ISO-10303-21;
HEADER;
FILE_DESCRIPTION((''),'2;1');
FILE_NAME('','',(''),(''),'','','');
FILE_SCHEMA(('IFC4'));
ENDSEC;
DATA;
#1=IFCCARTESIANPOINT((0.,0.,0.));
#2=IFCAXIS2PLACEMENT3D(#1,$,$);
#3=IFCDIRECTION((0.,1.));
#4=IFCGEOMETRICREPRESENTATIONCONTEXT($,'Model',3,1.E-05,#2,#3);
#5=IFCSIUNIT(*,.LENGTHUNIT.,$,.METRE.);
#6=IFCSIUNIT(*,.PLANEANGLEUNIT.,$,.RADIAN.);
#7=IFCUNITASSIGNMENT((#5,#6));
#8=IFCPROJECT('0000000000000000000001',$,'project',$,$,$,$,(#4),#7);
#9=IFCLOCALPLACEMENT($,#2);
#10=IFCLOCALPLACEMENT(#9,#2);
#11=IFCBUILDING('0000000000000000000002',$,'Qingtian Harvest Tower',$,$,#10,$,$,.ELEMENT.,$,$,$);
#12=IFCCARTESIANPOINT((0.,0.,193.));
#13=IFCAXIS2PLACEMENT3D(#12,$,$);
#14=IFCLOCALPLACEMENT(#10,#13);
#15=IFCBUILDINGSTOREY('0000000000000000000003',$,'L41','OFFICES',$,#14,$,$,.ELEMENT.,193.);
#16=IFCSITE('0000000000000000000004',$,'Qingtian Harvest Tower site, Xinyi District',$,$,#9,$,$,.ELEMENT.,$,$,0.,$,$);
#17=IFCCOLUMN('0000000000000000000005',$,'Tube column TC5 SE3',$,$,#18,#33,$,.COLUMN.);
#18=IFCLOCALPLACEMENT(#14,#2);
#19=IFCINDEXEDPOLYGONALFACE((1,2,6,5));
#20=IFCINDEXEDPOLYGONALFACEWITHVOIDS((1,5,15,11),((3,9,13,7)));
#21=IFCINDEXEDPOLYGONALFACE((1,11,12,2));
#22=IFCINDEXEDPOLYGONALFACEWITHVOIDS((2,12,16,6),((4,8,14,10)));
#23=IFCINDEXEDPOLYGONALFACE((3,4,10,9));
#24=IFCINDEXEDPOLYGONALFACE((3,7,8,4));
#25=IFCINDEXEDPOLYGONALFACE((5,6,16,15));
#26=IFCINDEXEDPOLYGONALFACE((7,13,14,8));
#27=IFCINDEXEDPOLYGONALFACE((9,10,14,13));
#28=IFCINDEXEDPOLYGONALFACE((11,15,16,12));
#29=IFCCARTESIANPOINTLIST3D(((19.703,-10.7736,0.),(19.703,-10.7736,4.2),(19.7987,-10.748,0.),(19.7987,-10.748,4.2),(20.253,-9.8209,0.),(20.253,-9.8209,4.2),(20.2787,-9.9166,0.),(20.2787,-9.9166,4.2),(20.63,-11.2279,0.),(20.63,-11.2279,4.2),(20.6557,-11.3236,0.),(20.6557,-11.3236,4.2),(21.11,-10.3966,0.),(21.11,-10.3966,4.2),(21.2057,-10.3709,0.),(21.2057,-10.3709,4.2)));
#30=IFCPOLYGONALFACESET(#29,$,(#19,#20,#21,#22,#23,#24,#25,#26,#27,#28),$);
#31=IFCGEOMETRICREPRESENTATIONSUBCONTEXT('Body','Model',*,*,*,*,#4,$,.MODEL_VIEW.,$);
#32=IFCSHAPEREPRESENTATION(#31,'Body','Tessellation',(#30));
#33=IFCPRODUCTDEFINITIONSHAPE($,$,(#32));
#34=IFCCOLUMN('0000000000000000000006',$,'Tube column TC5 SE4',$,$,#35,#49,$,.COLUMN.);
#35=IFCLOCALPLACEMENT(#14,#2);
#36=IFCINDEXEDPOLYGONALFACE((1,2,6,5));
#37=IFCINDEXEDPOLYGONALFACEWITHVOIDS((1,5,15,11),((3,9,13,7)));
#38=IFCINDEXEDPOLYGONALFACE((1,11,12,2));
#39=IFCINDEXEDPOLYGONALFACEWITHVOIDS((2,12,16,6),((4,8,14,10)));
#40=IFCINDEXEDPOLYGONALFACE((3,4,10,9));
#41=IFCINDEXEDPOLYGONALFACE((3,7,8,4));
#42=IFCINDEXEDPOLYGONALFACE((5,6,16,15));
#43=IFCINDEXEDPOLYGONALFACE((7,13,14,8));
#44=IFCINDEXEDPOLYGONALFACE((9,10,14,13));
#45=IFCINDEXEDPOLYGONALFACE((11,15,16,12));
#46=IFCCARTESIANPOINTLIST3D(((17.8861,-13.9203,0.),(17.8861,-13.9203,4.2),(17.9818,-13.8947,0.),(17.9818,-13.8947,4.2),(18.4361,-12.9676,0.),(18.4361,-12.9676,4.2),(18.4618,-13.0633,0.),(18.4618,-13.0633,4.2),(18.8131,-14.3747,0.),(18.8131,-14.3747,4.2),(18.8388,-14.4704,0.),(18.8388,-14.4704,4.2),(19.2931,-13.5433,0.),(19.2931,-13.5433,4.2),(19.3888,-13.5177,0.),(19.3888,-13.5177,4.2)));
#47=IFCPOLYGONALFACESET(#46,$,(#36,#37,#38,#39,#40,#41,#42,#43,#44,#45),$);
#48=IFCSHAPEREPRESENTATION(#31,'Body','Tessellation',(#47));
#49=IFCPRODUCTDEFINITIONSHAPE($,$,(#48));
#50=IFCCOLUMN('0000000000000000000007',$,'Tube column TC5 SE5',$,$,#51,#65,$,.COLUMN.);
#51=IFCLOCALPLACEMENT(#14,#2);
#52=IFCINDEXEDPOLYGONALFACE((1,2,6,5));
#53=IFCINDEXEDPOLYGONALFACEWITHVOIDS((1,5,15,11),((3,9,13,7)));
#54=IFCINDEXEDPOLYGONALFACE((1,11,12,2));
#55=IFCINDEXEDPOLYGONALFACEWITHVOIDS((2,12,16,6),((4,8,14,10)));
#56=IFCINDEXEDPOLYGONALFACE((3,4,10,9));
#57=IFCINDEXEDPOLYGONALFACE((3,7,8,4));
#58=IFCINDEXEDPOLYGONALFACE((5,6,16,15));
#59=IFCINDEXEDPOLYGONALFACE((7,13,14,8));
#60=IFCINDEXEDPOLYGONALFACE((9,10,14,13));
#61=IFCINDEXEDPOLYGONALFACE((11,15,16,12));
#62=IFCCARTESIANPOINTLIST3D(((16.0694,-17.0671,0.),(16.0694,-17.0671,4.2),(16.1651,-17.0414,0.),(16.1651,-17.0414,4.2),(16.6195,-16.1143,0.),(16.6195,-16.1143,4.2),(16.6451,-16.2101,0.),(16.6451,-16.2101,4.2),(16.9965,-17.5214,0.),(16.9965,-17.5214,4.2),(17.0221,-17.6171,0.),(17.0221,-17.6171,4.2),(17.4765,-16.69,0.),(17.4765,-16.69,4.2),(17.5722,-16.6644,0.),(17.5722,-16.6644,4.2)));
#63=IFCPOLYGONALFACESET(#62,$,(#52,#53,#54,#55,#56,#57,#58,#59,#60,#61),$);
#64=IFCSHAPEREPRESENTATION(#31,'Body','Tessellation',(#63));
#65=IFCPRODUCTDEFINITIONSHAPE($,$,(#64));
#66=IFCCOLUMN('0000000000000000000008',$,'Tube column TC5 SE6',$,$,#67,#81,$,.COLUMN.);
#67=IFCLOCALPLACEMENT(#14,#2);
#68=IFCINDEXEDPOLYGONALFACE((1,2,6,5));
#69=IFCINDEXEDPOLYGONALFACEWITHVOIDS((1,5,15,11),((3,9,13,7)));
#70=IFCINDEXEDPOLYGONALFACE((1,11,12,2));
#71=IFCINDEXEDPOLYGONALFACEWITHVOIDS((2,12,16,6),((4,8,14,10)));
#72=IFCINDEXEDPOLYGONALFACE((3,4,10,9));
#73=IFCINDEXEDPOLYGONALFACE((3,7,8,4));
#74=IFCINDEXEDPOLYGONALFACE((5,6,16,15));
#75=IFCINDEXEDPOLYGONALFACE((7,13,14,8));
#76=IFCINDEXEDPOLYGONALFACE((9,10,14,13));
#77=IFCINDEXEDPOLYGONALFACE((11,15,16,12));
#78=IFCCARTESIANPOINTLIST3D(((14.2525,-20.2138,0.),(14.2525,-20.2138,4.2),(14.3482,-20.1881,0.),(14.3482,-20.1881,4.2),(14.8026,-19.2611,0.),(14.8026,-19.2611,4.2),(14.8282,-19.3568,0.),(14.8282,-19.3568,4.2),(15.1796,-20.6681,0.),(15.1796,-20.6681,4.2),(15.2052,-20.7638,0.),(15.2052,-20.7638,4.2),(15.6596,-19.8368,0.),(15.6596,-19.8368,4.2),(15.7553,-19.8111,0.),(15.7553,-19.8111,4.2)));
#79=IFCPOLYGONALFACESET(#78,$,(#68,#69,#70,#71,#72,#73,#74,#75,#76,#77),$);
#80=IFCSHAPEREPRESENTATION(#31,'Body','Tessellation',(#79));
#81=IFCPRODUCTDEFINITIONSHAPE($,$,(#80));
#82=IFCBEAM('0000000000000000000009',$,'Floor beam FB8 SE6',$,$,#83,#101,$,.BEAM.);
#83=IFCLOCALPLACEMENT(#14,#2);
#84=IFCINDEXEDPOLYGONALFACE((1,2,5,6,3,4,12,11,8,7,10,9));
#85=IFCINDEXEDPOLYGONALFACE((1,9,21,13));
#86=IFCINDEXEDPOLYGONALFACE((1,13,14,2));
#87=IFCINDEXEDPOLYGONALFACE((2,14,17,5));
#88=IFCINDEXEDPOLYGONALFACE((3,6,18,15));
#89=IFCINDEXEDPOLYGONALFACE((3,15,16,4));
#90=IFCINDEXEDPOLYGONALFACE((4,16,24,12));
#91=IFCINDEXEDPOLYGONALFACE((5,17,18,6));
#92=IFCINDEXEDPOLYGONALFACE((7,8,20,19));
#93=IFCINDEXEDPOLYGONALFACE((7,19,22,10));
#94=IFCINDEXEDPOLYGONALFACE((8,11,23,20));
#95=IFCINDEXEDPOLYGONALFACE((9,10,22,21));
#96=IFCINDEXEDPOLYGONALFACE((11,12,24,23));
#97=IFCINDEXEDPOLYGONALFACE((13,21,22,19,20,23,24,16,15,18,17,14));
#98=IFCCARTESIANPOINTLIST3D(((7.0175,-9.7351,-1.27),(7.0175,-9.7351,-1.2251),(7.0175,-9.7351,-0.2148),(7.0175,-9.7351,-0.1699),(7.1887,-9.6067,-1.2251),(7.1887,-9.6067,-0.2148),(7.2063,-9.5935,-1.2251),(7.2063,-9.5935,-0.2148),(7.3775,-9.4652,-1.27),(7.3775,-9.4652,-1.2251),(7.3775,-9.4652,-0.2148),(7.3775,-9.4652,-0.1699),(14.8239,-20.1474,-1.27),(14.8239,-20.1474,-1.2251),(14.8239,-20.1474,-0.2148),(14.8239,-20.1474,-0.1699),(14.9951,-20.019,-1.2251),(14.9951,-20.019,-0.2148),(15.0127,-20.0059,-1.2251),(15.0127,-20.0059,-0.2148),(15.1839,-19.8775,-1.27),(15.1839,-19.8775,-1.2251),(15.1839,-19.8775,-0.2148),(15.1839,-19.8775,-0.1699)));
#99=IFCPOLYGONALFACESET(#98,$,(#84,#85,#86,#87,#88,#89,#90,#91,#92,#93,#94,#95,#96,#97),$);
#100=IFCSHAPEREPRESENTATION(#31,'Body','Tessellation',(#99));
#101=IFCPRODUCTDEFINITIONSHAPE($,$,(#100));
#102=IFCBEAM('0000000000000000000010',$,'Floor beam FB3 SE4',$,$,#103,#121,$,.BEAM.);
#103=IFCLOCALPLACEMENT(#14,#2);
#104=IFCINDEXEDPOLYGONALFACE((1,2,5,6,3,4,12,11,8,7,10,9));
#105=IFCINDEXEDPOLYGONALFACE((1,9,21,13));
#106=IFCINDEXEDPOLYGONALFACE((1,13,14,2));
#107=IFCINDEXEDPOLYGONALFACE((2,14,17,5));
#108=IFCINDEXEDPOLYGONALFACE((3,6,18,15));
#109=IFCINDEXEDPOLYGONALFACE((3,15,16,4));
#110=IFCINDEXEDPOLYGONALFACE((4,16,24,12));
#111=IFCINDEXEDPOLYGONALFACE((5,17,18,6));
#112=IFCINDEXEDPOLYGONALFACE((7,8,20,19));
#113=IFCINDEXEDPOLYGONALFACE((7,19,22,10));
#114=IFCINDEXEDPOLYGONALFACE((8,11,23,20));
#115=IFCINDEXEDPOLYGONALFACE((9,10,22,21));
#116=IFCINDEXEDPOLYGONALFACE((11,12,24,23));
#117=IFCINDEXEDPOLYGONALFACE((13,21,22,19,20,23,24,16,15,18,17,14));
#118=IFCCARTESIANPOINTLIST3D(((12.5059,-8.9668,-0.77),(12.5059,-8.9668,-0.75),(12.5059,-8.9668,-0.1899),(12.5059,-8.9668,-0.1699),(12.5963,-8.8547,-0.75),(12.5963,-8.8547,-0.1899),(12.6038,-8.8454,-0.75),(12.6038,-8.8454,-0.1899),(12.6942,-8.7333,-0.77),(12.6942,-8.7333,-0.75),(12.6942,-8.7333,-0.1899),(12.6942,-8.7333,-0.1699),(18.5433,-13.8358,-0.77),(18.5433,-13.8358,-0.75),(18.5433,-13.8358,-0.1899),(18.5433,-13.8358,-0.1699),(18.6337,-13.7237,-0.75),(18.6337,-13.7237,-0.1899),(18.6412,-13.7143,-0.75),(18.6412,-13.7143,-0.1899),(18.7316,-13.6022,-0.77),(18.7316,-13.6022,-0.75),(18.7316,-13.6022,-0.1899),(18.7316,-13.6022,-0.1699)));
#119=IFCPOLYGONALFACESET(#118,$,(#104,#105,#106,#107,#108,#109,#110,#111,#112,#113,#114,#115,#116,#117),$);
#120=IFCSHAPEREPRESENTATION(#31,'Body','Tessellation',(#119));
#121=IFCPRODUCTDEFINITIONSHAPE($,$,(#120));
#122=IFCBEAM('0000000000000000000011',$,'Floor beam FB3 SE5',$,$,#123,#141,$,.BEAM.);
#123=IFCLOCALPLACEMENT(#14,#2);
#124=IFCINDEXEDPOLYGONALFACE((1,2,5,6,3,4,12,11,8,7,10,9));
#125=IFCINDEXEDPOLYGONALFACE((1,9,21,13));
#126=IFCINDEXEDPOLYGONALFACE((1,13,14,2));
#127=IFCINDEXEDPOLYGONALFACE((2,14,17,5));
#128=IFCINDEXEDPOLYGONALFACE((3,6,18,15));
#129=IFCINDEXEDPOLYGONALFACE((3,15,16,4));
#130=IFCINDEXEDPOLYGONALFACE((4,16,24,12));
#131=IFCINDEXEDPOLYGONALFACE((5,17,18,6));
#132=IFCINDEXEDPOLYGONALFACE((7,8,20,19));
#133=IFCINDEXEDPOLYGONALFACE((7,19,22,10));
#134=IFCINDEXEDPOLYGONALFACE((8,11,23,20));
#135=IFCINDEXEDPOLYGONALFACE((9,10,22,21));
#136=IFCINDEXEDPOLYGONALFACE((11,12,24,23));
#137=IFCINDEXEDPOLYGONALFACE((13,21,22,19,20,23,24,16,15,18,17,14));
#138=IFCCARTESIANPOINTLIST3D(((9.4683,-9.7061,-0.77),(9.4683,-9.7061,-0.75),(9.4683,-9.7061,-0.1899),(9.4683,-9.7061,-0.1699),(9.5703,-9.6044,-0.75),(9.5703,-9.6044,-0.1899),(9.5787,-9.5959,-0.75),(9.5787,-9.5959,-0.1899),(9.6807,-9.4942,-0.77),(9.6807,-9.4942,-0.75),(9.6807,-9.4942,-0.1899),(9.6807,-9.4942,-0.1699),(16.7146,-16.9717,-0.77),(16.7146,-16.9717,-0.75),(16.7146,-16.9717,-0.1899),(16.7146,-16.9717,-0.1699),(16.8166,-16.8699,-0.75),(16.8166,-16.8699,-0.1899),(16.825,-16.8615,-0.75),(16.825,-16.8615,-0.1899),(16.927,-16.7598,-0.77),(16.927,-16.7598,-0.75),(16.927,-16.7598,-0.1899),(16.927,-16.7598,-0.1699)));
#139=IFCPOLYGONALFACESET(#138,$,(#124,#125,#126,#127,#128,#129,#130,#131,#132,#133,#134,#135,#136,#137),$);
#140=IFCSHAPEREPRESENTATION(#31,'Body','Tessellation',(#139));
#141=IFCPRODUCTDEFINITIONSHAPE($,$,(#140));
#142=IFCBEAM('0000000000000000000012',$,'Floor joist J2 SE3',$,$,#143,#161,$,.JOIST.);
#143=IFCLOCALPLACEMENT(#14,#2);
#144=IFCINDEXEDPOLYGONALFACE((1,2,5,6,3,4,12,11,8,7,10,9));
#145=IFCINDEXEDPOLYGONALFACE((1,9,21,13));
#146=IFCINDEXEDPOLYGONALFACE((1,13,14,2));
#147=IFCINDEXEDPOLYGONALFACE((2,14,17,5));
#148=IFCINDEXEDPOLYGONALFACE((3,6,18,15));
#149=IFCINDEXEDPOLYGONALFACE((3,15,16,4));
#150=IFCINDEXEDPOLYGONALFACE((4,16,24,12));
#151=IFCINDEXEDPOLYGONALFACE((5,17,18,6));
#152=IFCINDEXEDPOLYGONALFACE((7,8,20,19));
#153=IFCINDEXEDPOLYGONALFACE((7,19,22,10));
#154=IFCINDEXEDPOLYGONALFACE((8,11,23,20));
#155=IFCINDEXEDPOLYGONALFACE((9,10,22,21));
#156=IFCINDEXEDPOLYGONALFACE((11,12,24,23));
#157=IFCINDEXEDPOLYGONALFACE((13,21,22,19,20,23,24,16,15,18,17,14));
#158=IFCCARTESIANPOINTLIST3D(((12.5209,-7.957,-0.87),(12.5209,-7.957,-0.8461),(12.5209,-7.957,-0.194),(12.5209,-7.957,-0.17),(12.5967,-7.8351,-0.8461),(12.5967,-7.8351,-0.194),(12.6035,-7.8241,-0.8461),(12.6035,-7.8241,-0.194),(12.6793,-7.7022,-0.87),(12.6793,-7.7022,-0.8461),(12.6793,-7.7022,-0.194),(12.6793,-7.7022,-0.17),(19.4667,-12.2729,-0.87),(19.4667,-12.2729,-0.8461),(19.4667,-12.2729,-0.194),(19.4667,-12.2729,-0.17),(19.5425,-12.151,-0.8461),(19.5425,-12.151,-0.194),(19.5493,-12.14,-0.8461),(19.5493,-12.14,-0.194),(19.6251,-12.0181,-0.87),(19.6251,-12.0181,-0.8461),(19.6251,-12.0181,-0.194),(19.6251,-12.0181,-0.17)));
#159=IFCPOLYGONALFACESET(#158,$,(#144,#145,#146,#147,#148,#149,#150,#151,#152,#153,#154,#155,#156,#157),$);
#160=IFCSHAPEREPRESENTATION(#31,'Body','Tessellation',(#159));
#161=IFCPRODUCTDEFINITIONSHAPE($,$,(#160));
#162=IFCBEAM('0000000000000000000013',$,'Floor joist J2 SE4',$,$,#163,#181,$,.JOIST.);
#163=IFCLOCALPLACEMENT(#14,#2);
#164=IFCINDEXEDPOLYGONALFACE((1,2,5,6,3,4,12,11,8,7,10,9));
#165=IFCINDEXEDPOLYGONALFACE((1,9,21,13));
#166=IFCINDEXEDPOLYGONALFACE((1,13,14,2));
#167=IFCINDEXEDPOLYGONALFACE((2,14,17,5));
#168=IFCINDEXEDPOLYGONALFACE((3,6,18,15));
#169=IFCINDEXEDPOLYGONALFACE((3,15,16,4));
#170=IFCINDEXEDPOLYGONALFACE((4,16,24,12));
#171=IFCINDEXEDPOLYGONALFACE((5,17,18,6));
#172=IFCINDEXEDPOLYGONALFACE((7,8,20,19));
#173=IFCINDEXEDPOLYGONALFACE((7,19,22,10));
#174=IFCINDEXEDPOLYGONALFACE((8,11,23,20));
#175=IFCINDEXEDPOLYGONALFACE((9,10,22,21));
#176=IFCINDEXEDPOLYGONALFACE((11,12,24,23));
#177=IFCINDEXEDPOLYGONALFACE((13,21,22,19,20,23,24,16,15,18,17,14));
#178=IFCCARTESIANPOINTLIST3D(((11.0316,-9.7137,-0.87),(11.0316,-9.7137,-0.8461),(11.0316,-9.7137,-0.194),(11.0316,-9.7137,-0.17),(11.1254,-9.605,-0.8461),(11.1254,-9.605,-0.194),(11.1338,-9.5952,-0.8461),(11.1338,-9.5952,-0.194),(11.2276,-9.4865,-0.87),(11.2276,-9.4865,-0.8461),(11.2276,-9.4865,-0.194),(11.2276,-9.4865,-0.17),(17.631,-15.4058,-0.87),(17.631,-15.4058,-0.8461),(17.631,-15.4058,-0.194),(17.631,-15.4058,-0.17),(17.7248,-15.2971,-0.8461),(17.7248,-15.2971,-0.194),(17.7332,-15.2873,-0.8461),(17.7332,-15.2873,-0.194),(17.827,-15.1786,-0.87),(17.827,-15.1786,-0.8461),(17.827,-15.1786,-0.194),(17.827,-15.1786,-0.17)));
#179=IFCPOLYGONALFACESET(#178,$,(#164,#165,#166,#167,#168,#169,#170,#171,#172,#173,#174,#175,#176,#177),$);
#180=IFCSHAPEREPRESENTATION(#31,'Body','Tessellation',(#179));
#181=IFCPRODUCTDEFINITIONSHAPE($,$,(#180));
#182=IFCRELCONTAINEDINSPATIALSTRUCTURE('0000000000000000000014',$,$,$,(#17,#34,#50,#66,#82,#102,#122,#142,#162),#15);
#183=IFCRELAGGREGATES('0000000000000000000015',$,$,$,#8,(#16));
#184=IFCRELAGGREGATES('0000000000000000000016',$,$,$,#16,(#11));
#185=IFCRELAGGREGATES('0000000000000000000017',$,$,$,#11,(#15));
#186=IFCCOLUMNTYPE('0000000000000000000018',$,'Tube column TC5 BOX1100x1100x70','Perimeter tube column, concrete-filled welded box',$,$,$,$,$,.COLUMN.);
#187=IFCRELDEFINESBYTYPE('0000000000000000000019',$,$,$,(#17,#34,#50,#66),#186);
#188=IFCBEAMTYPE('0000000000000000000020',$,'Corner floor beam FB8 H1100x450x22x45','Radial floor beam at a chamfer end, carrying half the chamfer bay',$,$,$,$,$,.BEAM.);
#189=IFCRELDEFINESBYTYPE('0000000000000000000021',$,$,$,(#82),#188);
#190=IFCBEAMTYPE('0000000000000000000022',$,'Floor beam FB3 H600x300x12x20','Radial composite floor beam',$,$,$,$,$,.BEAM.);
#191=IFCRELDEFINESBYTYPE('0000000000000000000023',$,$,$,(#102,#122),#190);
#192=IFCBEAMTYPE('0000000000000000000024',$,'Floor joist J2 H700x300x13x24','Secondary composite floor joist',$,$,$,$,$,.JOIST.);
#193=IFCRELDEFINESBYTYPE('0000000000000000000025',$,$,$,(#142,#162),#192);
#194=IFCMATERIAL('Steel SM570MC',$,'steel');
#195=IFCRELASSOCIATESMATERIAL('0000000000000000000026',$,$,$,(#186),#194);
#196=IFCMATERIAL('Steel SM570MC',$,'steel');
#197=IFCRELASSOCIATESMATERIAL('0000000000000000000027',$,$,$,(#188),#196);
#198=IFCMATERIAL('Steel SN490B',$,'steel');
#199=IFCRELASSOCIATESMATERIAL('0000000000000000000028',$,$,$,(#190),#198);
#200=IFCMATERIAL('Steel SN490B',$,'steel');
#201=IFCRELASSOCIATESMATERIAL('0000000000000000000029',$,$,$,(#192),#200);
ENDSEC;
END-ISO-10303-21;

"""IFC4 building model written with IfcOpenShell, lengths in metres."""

from ifc_helpers import new_model, si_unit, direction, frame, origin, origin_2d, place, context, subcontext, project, spatial, hollow_rectangle, i_section, extrude, material, material_profile, profile_set, type_object, element, save


model = new_model("IFC4")

# Units and contexts
model_context = context("Model", 3, precision=1e-05, world=origin(), true_north=direction((0.0, 1.0)))
body_context = subcontext(model_context, "Body", "Model", "MODEL_VIEW")
ifc_project = project(units=[si_unit("LENGTHUNIT", "METRE"), si_unit("PLANEANGLEUNIT", "RADIAN")], contexts=[model_context])

# Site, building, storey
site_placement = place(None, origin())
site = spatial("IfcSite", under=ifc_project, at=site_placement, Name="Qingtian Harvest Tower site, Xinyi District", CompositionType="ELEMENT", RefElevation=0.0)
building_placement = place(site_placement, origin())
building = spatial("IfcBuilding", under=site, at=building_placement, Name="Qingtian Harvest Tower", CompositionType="ELEMENT")
storey_placement = place(building_placement, frame((0.0, 0.0, 193.0)))
storey = spatial("IfcBuildingStorey", under=building, at=storey_placement, Name="L41", Description="OFFICES", CompositionType="ELEMENT", Elevation=193.0)

# Columns
ifc_material_1 = material(Name="Steel SM570MC", Category="steel")
ifc_material_profile_1 = material_profile(ifc_material_1, hollow_rectangle(XDim=1.1001, YDim=1.1001, WallThickness=0.0701, at=origin_2d()), Name="BOX1100x1100x70")
ifc_profile_set_1 = profile_set([ifc_material_profile_1], Name="Steel SM570MC")
column_type = type_object("IfcColumnType", Name="Tube column TC5 BOX1100x1100x70", Description="Perimeter tube column, concrete-filled welded box", PredefinedType="COLUMN", material=ifc_profile_set_1)
for number, where, z_axis, x_axis, name in (
    (1, (20.4543, -10.5723, 0.0), (0.0, 0.0, 1.0), (0.5, 0.866025, 0.0), "Tube column TC5 SE3"),
    (2, (18.6375, -13.719, 0.0), (0.0, 0.0, 1.0), (0.5, 0.866025, 0.0), "Tube column TC5 SE4"),
    (3, (16.8208, -16.8657, 0.0), (0.0, 0.0, 1.0), (0.5, 0.866025, 0.0), "Tube column TC5 SE5"),
    (4, (15.0039, -20.0125, 0.0), (0.0, 0.0, 1.0), (0.5, 0.866025, 0.0), "Tube column TC5 SE6"),
):
    element("IfcColumn", number, at=place(storey_placement, frame(where, z_axis=z_axis, x_axis=x_axis)), inside=storey, type_object=column_type, Name=name, PredefinedType="COLUMN", context=body_context, shape_type="SweptSolid", body=[
        extrude(hollow_rectangle(XDim=1.1001, YDim=1.1001, WallThickness=0.0701, at=origin_2d()), origin(), (0.0, 0.0, 1.0), 4.2),
    ])

# Beams
ifc_material_2 = material(Name="Steel SM570MC", Category="steel")
ifc_material_profile_2 = material_profile(ifc_material_2, i_section(OverallWidth=0.45, OverallDepth=1.1001, WebThickness=0.022, FlangeThickness=0.0449, at=origin_2d()), Name="H1100x450x22x45")
ifc_profile_set_2 = profile_set([ifc_material_profile_2], Name="Steel SM570MC")
beam_type_1 = type_object("IfcBeamType", Name="Corner floor beam FB8 H1100x450x22x45", Description="Radial floor beam at a chamfer end, carrying half the chamfer bay", PredefinedType="BEAM", material=ifc_profile_set_2)
beam_1_placement = place(storey_placement, frame((15.0039, -20.0125, -0.72), z_axis=(-0.599859, 0.800106, 0.0), x_axis=(-0.800106, -0.599859, 0.0)))
element("IfcBeam", 5, at=beam_1_placement, inside=storey, type_object=beam_type_1, Name="Floor beam FB8 SE6", PredefinedType="BEAM", context=body_context, shape_type="SweptSolid", body=[
    extrude(i_section(OverallWidth=0.45, OverallDepth=1.1001, WebThickness=0.022, FlangeThickness=0.0449, at=origin_2d()), origin(), (0.0, 0.0, 1.0), 13.0137),
])
ifc_material_3 = material(Name="Steel SN490B", Category="steel")
ifc_material_profile_3 = material_profile(ifc_material_3, i_section(OverallWidth=0.3, OverallDepth=0.6001, WebThickness=0.012, FlangeThickness=0.02, at=origin_2d()), Name="H600x300x12x20")
ifc_profile_set_3 = profile_set([ifc_material_profile_3], Name="Steel SN490B")
beam_type_2 = type_object("IfcBeamType", Name="Floor beam FB3 H600x300x12x20", Description="Radial composite floor beam", PredefinedType="BEAM", material=ifc_profile_set_3)
beam_2_placement = place(storey_placement, frame((18.6375, -13.719, -0.47), z_axis=(-0.778409, 0.627757, 0.0), x_axis=(-0.627757, -0.778409, 0.0)))
element("IfcBeam", 6, at=beam_2_placement, inside=storey, type_object=beam_type_2, Name="Floor beam FB3 SE4", PredefinedType="BEAM", context=body_context, shape_type="SweptSolid", body=[
    extrude(i_section(OverallWidth=0.3, OverallDepth=0.6001, WebThickness=0.012, FlangeThickness=0.02, at=origin_2d()), origin(), (0.0, 0.0, 1.0), 7.7561),
])
beam_3_placement = place(storey_placement, frame((16.8208, -16.8657, -0.47), z_axis=(-0.706166, 0.708046, 0.0), x_axis=(-0.708046, -0.706166, 0.0)))
element("IfcBeam", 7, at=beam_3_placement, inside=storey, type_object=beam_type_2, Name="Floor beam FB3 SE5", PredefinedType="BEAM", context=body_context, shape_type="SweptSolid", body=[
    extrude(i_section(OverallWidth=0.3, OverallDepth=0.6001, WebThickness=0.012, FlangeThickness=0.02, at=origin_2d()), origin(), (0.0, 0.0, 1.0), 10.2615),
])
ifc_material_4 = material(Name="Steel SN490B", Category="steel")
ifc_material_profile_4 = material_profile(ifc_material_4, i_section(OverallWidth=0.3, OverallDepth=0.7, WebThickness=0.0129, FlangeThickness=0.0239, at=origin_2d()), Name="H700x300x13x24")
ifc_profile_set_4 = profile_set([ifc_material_profile_4], Name="Steel SN490B")
beam_type_3 = type_object("IfcBeamType", Name="Floor joist J2 H700x300x13x24", Description="Secondary composite floor joist", PredefinedType="JOIST", material=ifc_profile_set_4)
beam_4_placement = place(storey_placement, frame((19.5459, -12.1455, -0.52), z_axis=(-0.849381, 0.52778, 0.0), x_axis=(-0.52778, -0.849381, 0.0)))
element("IfcBeam", 8, at=beam_4_placement, inside=storey, type_object=beam_type_3, Name="Floor joist J2 SE3", PredefinedType="JOIST", context=body_context, shape_type="SweptSolid", body=[
    extrude(i_section(OverallWidth=0.3, OverallDepth=0.7, WebThickness=0.0129, FlangeThickness=0.0239, at=origin_2d()), origin(), (0.0, 0.0, 1.0), 8.1775),
])
beam_5_placement = place(storey_placement, frame((17.729, -15.2922, -0.52), z_axis=(-0.757238, 0.653139, 0.0), x_axis=(-0.653139, -0.757238, 0.0)))
element("IfcBeam", 9, at=beam_5_placement, inside=storey, type_object=beam_type_3, Name="Floor joist J2 SE4", PredefinedType="JOIST", context=body_context, shape_type="SweptSolid", body=[
    extrude(i_section(OverallWidth=0.3, OverallDepth=0.7, WebThickness=0.0129, FlangeThickness=0.0239, at=origin_2d()), origin(), (0.0, 0.0, 1.0), 8.7151),
])

save(model, "model.ifc")
